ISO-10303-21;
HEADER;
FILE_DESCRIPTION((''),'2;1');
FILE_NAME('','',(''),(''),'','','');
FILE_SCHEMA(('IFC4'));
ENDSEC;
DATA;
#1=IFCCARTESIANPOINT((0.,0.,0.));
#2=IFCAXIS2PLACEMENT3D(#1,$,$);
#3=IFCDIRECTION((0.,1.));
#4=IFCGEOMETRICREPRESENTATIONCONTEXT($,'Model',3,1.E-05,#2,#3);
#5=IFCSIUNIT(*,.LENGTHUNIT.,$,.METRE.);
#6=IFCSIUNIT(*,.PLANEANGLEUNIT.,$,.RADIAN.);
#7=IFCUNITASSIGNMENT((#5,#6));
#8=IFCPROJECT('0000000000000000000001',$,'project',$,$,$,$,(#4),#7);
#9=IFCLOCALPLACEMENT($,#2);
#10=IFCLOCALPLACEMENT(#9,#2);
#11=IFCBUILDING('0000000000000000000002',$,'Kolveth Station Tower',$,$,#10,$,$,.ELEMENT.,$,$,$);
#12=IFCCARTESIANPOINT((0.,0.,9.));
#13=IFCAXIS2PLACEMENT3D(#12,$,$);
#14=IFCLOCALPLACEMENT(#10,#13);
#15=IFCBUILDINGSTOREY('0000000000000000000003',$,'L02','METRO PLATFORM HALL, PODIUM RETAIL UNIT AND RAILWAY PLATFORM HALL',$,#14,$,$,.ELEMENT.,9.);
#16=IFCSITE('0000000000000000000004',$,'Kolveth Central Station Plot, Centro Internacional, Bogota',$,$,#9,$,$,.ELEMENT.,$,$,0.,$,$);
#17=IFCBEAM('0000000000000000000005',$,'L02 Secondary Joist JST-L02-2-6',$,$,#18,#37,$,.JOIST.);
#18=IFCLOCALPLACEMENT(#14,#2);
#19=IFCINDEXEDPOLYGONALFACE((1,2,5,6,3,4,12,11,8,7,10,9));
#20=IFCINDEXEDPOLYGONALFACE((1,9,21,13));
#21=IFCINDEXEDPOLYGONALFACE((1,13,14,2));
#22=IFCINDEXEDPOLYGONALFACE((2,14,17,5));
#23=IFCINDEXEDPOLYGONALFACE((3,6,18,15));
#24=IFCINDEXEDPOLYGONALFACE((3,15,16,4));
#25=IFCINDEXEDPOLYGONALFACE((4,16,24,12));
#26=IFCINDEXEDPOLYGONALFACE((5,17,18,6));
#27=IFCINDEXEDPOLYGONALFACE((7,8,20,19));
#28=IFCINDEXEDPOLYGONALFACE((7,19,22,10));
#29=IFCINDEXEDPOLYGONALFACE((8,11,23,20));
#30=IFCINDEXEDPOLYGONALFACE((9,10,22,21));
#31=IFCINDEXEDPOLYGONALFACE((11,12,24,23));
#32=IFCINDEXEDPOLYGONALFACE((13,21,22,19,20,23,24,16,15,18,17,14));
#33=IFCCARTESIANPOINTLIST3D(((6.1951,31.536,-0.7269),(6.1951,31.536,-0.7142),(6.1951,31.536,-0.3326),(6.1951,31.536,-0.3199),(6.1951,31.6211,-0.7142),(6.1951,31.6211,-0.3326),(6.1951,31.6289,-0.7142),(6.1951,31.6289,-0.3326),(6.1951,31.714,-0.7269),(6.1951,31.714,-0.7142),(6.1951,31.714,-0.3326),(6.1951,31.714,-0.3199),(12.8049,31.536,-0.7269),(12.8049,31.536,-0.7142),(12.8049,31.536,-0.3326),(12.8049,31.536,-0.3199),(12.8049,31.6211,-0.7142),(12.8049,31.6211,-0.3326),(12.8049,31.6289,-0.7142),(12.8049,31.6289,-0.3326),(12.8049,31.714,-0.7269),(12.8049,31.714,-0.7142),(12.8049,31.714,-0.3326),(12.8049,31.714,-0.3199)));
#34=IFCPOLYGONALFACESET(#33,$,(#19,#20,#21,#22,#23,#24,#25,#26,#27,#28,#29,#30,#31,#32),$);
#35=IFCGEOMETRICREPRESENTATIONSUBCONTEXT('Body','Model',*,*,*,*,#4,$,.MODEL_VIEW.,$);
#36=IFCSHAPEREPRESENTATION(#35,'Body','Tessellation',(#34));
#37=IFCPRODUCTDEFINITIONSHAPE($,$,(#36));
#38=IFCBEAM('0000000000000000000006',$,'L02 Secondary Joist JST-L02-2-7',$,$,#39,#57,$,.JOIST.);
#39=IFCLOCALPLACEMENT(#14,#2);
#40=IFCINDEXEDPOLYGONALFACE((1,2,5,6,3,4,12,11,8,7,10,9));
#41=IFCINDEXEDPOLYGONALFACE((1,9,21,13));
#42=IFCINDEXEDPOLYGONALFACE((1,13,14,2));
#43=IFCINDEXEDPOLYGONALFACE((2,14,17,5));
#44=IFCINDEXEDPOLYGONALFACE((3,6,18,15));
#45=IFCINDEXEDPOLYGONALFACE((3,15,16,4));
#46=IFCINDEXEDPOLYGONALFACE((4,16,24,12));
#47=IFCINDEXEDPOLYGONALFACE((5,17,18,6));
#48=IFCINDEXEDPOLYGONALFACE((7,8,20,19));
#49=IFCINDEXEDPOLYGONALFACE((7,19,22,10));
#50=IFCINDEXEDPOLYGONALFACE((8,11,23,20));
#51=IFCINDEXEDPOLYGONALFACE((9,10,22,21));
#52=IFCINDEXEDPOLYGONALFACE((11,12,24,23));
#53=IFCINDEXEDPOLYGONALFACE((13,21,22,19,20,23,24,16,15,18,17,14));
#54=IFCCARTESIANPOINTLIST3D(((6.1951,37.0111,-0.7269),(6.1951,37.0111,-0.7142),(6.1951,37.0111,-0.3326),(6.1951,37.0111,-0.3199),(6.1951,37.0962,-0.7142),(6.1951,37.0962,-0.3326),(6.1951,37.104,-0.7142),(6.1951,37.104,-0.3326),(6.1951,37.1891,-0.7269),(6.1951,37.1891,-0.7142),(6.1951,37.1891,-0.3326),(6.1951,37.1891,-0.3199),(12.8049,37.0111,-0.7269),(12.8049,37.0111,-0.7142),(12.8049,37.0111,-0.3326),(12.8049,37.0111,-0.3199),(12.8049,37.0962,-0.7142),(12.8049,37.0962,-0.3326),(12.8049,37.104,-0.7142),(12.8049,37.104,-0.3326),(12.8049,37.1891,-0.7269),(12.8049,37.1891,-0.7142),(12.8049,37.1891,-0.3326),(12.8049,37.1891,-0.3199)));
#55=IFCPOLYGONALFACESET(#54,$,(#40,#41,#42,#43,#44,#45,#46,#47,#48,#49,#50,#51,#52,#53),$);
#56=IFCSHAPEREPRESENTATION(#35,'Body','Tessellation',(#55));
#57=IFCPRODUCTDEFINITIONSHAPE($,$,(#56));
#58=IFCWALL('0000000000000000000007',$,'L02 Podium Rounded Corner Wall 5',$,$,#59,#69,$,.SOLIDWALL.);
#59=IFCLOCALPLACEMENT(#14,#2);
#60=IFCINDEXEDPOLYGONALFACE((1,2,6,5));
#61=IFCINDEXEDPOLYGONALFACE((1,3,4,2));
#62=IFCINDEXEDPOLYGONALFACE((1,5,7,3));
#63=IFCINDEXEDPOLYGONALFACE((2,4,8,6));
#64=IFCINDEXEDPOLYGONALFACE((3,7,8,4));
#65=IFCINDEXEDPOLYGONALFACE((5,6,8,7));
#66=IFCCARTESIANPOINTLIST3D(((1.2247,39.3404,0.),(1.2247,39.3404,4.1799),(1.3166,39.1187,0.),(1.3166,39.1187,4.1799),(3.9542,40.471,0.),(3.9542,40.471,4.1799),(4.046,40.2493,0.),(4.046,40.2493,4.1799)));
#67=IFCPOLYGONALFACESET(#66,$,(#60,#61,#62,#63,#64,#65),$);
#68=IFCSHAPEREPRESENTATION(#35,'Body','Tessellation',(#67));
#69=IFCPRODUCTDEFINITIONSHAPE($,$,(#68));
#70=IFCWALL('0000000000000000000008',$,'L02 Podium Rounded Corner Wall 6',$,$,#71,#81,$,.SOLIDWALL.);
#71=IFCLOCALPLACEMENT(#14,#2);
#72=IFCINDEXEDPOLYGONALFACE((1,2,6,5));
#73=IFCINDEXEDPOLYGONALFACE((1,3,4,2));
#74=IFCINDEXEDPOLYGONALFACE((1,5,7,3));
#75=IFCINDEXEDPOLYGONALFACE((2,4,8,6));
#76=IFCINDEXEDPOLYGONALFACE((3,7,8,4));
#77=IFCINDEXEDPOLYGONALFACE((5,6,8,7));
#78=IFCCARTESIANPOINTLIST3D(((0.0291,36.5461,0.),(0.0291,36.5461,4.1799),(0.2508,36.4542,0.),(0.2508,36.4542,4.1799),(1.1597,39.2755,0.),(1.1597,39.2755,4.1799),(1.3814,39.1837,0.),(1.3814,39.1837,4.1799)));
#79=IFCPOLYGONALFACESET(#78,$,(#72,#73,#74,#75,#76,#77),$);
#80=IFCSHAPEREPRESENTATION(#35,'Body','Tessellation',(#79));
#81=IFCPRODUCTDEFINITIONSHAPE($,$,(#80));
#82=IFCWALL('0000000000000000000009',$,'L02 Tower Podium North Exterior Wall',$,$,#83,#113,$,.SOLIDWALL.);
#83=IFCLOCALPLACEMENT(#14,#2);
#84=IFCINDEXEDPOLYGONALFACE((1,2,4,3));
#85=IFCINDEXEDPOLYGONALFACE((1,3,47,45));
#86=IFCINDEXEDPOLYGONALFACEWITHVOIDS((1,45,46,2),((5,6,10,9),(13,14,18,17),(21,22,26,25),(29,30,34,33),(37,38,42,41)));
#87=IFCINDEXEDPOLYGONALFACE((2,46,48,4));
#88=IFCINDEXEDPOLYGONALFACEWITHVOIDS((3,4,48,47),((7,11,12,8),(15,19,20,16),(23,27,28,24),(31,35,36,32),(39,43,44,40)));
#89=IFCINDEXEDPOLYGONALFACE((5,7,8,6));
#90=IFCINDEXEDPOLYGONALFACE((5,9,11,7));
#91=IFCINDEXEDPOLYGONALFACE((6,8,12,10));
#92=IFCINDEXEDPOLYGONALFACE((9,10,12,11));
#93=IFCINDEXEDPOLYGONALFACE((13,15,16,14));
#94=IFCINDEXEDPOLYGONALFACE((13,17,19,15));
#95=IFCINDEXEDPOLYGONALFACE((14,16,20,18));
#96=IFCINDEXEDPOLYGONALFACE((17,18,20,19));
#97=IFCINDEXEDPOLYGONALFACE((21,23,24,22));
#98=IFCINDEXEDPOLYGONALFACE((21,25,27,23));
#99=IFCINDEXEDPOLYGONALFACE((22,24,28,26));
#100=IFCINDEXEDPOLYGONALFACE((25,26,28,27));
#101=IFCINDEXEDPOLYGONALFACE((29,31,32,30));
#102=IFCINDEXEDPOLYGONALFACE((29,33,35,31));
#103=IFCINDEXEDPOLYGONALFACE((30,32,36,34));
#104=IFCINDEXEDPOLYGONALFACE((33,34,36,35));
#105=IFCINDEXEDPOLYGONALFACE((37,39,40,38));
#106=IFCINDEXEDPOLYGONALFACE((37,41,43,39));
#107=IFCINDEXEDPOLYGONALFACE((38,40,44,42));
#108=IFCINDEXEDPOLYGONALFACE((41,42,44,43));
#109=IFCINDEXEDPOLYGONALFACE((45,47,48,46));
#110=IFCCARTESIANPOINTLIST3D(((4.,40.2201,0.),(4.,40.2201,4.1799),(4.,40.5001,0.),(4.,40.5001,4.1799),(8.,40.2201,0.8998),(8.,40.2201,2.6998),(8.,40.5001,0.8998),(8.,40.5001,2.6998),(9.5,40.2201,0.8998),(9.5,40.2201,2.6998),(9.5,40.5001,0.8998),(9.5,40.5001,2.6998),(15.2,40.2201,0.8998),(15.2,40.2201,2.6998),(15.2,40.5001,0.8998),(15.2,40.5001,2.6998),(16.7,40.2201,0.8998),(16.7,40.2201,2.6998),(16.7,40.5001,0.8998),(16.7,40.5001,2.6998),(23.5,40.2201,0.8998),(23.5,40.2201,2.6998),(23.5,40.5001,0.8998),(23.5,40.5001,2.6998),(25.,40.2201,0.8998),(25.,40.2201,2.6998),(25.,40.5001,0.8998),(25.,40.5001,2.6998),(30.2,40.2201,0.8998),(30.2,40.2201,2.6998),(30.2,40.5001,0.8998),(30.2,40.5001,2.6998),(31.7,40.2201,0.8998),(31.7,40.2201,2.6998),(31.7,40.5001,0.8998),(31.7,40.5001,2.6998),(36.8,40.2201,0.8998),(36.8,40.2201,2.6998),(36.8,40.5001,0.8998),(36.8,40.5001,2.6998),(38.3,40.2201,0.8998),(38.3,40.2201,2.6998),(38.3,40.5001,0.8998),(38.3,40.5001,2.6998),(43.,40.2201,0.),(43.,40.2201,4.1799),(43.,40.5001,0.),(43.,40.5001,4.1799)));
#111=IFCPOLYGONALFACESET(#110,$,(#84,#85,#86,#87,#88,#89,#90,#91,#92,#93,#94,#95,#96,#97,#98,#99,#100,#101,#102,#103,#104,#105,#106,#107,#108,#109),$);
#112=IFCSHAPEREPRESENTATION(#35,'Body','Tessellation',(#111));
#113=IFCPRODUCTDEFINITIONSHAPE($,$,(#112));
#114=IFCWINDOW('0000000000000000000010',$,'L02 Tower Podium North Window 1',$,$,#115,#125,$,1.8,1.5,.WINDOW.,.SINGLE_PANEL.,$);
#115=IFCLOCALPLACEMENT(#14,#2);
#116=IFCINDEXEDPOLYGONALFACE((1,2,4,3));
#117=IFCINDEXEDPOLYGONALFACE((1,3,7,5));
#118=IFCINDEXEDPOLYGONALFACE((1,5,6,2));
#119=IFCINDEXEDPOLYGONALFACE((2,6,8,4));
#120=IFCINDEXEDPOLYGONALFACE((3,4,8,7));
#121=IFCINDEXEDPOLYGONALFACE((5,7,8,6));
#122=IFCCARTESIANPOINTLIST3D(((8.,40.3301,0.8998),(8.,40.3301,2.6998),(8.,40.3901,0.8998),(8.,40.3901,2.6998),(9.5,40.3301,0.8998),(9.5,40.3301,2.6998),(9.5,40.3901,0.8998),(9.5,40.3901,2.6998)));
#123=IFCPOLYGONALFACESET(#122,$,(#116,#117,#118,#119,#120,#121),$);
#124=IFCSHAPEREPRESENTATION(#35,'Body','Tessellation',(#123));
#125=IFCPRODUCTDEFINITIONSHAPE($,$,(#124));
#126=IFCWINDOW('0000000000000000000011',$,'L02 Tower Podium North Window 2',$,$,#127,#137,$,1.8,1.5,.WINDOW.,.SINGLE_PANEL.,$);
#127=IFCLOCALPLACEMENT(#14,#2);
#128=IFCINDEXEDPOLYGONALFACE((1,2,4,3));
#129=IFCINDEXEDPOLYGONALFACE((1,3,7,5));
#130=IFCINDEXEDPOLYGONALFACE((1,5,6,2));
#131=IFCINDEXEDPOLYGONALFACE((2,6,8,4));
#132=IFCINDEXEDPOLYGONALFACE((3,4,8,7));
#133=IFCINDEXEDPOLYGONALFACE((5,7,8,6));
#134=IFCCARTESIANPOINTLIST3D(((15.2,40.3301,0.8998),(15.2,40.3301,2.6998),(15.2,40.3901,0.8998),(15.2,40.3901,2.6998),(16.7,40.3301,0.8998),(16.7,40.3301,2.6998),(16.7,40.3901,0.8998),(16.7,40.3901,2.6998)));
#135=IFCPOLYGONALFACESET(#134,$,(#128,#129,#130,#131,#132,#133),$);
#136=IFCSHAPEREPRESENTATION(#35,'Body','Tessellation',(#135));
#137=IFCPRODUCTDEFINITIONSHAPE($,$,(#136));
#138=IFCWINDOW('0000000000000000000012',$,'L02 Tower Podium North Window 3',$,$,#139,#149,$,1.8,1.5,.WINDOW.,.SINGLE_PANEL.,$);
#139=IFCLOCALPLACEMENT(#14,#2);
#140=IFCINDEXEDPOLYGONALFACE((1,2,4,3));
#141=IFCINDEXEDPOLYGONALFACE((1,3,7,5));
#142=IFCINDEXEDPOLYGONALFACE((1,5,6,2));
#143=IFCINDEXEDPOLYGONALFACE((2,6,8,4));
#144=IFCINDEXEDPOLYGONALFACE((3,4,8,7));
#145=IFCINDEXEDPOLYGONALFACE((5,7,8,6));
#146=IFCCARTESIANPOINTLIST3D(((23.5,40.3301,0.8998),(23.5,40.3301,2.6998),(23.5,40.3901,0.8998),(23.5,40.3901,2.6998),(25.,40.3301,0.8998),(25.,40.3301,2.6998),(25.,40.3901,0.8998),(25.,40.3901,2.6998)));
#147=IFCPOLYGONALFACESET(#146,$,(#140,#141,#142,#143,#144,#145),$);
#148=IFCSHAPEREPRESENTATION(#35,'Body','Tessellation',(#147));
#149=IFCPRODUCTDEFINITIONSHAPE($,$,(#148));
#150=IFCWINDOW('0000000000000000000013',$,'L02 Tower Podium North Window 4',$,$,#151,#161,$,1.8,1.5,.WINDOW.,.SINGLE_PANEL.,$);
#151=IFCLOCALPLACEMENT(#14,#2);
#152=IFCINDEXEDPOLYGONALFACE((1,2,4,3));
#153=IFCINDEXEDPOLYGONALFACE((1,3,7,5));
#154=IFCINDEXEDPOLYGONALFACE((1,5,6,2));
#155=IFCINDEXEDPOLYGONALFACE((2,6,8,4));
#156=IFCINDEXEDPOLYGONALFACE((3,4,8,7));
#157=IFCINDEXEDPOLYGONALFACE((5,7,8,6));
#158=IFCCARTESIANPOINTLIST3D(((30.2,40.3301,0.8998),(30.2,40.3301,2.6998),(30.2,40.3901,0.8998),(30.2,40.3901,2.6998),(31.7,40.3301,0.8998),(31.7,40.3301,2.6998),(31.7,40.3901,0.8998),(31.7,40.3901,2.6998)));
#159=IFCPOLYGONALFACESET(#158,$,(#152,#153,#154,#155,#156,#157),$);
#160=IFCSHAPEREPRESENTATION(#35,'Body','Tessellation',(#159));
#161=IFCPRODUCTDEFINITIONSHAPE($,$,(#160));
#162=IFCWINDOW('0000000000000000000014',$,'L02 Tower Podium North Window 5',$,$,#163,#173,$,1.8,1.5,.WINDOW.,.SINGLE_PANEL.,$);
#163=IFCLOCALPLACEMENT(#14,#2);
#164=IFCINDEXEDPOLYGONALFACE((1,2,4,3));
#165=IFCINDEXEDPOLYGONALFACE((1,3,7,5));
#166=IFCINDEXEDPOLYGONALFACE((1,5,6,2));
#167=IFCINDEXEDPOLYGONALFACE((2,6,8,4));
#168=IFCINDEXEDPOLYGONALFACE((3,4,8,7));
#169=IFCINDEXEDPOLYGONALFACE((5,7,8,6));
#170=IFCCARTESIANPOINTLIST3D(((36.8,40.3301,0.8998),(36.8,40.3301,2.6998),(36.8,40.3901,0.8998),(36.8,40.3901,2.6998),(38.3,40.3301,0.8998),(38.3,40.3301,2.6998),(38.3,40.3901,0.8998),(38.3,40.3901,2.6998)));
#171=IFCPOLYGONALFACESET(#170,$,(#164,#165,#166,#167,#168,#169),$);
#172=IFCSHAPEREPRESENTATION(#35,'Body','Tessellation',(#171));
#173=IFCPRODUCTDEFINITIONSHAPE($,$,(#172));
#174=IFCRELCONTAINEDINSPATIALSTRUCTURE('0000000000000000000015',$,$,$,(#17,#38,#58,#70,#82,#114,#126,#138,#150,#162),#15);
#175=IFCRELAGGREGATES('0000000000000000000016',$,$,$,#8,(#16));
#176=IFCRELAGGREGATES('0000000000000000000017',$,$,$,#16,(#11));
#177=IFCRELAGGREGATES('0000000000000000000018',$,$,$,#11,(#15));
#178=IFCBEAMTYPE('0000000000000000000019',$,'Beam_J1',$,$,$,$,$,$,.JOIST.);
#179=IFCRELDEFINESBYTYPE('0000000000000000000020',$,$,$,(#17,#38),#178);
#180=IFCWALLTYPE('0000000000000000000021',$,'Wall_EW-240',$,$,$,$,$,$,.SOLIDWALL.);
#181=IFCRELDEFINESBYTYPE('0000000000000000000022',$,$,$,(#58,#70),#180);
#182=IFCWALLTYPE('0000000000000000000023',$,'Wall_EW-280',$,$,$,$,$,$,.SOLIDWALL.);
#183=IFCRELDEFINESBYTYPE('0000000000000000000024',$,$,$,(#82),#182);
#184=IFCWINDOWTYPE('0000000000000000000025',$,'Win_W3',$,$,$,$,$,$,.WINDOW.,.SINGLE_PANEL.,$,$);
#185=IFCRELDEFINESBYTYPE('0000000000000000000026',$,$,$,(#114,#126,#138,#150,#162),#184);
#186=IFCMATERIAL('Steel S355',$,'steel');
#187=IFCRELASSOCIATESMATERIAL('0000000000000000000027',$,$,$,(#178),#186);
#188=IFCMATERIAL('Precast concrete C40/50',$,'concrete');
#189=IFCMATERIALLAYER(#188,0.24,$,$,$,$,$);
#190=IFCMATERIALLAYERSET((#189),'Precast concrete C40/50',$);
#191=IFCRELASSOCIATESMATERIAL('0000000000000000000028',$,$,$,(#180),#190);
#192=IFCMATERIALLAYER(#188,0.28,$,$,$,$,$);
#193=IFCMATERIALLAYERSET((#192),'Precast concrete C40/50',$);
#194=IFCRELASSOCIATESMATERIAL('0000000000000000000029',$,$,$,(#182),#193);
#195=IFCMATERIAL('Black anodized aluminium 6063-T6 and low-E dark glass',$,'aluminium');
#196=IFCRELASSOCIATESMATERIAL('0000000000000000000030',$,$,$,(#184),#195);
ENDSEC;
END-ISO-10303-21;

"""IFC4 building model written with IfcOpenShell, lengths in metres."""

from ifc_helpers import new_model, si_unit, direction, frame, frame_2d, origin, origin_2d, place, context, subcontext, project, spatial, rectangle, i_section, extrude, source, transform, mapped, material, layer, layer_set, material_profile, profile_set, type_object, element, fill, save


model = new_model("IFC4")

# Units and contexts
model_context = context("Model", 3, precision=1e-05, world=origin(), true_north=direction((0.0, 1.0)))
body_context = subcontext(model_context, "Body", "Model", "MODEL_VIEW")
ifc_project = project(units=[si_unit("LENGTHUNIT", "METRE"), si_unit("PLANEANGLEUNIT", "RADIAN")], contexts=[model_context])

# Site, building, storey
site_placement = place(None, origin())
site = spatial("IfcSite", under=ifc_project, at=site_placement, Name="Kolveth Central Station Plot, Centro Internacional, Bogota", CompositionType="ELEMENT", RefElevation=0.0)
building_placement = place(site_placement, origin())
building = spatial("IfcBuilding", under=site, at=building_placement, Name="Kolveth Station Tower", CompositionType="ELEMENT")
storey_placement = place(building_placement, frame((0.0, 0.0, 9.0)))
storey = spatial("IfcBuildingStorey", under=building, at=storey_placement, Name="L02", Description="METRO PLATFORM HALL, PODIUM RETAIL UNIT AND RAILWAY PLATFORM HALL", CompositionType="ELEMENT", Elevation=9.0)

# Beams
ifc_material_1 = material(Name="Steel S355", Category="steel")
ifc_material_profile_1 = material_profile(ifc_material_1, i_section(OverallWidth=0.178, OverallDepth=0.407, WebThickness=0.0078, FlangeThickness=0.0127, at=origin_2d()), Name="W410x60")
ifc_profile_set_1 = profile_set([ifc_material_profile_1], Name="Steel S355")
beam_type_1 = type_object("IfcBeamType", Name="Beam_J1", PredefinedType="JOIST", material=ifc_profile_set_1)
shared_shape_1 = source(origin(), body_context, "Body", "SweptSolid", [
    extrude(i_section(OverallWidth=0.178, OverallDepth=0.407, WebThickness=0.0078, FlangeThickness=0.0127, at=origin_2d()), origin(), (0.0, 0.0, 1.0), 6.6099),
])
for number, where, z_axis, x_axis, name in (
    (1, (6.1951, 31.625, -0.5234), (1.0, 0.0, 0.0), (0.0, 1.0, 0.0), "L02 Secondary Joist JST-L02-2-6"),
    (2, (6.1951, 37.1001, -0.5234), (1.0, 0.0, 0.0), (0.0, 1.0, 0.0), "L02 Secondary Joist JST-L02-2-7"),
):
    element("IfcBeam", number, at=place(storey_placement, frame(where, z_axis=z_axis, x_axis=x_axis)), inside=storey, type_object=beam_type_1, Name=name, PredefinedType="JOIST", context=body_context, shape_type="MappedRepresentation", body=[
        mapped(shared_shape_1, transform((0.0, 0.0, 0.0), x_axis=(1.0, 0.0, 0.0), y_axis=(0.0, 1.0, 0.0), z_axis=(0.0, 0.0, 1.0), scale=1.0)),
    ])

# Walls
ifc_material_2 = material(Name="Precast concrete C40/50", Category="concrete")
ifc_layer_1 = layer(ifc_material_2, 0.24)
ifc_layer_set_1 = layer_set([ifc_layer_1], Name="Precast concrete C40/50")
wall_type_1 = type_object("IfcWallType", Name="Wall_EW-240", PredefinedType="SOLIDWALL", material=ifc_layer_set_1)
for number, where, z_axis, x_axis, name in (
    (3, (4.0, 40.3601, 0.0), (0.0, 0.0, 1.0), (-0.923877, -0.38269, 0.0), "L02 Podium Rounded Corner Wall 5"),
    (4, (1.2705, 39.2295, 0.0), (0.0, 0.0, 1.0), (-0.38269, -0.923877, 0.0), "L02 Podium Rounded Corner Wall 6"),
):
    element("IfcWall", number, at=place(storey_placement, frame(where, z_axis=z_axis, x_axis=x_axis)), inside=storey, type_object=wall_type_1, Name=name, PredefinedType="SOLIDWALL", context=body_context, shape_type="SweptSolid", body=[
        extrude(rectangle(XDim=2.9543, YDim=0.24, at=frame_2d((1.4771, 0.0))), origin(), (0.0, 0.0, 1.0), 4.1799),
    ])

# Wall, openings, windows
ifc_layer_2 = layer(ifc_material_2, 0.28)
ifc_layer_set_2 = layer_set([ifc_layer_2], Name="Precast concrete C40/50")
wall_type_2 = type_object("IfcWallType", Name="Wall_EW-280", PredefinedType="SOLIDWALL", material=ifc_layer_set_2)
wall_1_placement = place(storey_placement, frame((4.0, 40.3601, 0.0), z_axis=(0.0, 0.0, 1.0), x_axis=(1.0, 0.0, 0.0)))
wall_1 = element("IfcWall", 5, at=wall_1_placement, inside=storey, type_object=wall_type_2, Name="L02 Tower Podium North Exterior Wall", PredefinedType="SOLIDWALL", context=body_context, shape_type="SweptSolid", body=[
    extrude(rectangle(XDim=39.0, YDim=0.28, at=frame_2d((19.5, 0.0))), origin(), (0.0, 0.0, 1.0), 4.1799),
])
opening_1_placement = place(wall_1_placement, frame((4.0, 0.0, 0.8999)))
opening_1 = element("IfcOpeningElement", 6, at=opening_1_placement, cuts=wall_1, PredefinedType="OPENING", context=body_context, shape_type="SweptSolid", body=[
    extrude(rectangle(XDim=1.5, YDim=1.8, at=frame_2d((0.75, 0.8999))), frame((0.0, 0.1499, 0.0), z_axis=(0.0, -1.0, 0.0), x_axis=(1.0, 0.0, 0.0)), (0.0, 0.0, 1.0), 0.3),
])
opening_2_placement = place(wall_1_placement, frame((11.2, 0.0, 0.8999)))
opening_2 = element("IfcOpeningElement", 7, at=opening_2_placement, cuts=wall_1, PredefinedType="OPENING", context=body_context, shape_type="SweptSolid", body=[
    extrude(rectangle(XDim=1.5, YDim=1.8, at=frame_2d((0.75, 0.8999))), frame((0.0, 0.1499, 0.0), z_axis=(0.0, -1.0, 0.0), x_axis=(1.0, 0.0, 0.0)), (0.0, 0.0, 1.0), 0.3),
])
opening_3_placement = place(wall_1_placement, frame((19.5, 0.0, 0.8999)))
opening_3 = element("IfcOpeningElement", 8, at=opening_3_placement, cuts=wall_1, PredefinedType="OPENING", context=body_context, shape_type="SweptSolid", body=[
    extrude(rectangle(XDim=1.5, YDim=1.8, at=frame_2d((0.75, 0.8999))), frame((0.0, 0.1499, 0.0), z_axis=(0.0, -1.0, 0.0), x_axis=(1.0, 0.0, 0.0)), (0.0, 0.0, 1.0), 0.3),
])
opening_4_placement = place(wall_1_placement, frame((26.2, 0.0, 0.8999)))
opening_4 = element("IfcOpeningElement", 9, at=opening_4_placement, cuts=wall_1, PredefinedType="OPENING", context=body_context, shape_type="SweptSolid", body=[
    extrude(rectangle(XDim=1.5, YDim=1.8, at=frame_2d((0.75, 0.8999))), frame((0.0, 0.1499, 0.0), z_axis=(0.0, -1.0, 0.0), x_axis=(1.0, 0.0, 0.0)), (0.0, 0.0, 1.0), 0.3),
])
opening_5_placement = place(wall_1_placement, frame((32.8, 0.0, 0.8999)))
opening_5 = element("IfcOpeningElement", 10, at=opening_5_placement, cuts=wall_1, PredefinedType="OPENING", context=body_context, shape_type="SweptSolid", body=[
    extrude(rectangle(XDim=1.5, YDim=1.8, at=frame_2d((0.75, 0.8999))), frame((0.0, 0.1499, 0.0), z_axis=(0.0, -1.0, 0.0), x_axis=(1.0, 0.0, 0.0)), (0.0, 0.0, 1.0), 0.3),
])
ifc_material_3 = material(Name="Black anodized aluminium 6063-T6 and low-E dark glass", Category="aluminium")
window_type = type_object("IfcWindowType", Name="Win_W3", PartitioningType="SINGLE_PANEL", PredefinedType="WINDOW", material=ifc_material_3)
window_1_placement = place(opening_1_placement, origin())
window_1 = element("IfcWindow", 11, at=window_1_placement, inside=storey, type_object=window_type, Name="L02 Tower Podium North Window 1", OverallHeight=1.8, OverallWidth=1.5, PartitioningType="SINGLE_PANEL", PredefinedType="WINDOW", context=body_context, shape_type="SweptSolid", body=[
    extrude(rectangle(XDim=1.5, YDim=1.8, at=frame_2d((0.75, 0.8999))), frame((0.0, 0.03, 0.0), z_axis=(0.0, -1.0, 0.0), x_axis=(1.0, 0.0, 0.0)), (0.0, 0.0, 1.0), 0.0601),
])
fill(opening_1, window_1)
window_2_placement = place(opening_2_placement, origin())
window_2 = element("IfcWindow", 12, at=window_2_placement, inside=storey, type_object=window_type, Name="L02 Tower Podium North Window 2", OverallHeight=1.8, OverallWidth=1.5, PartitioningType="SINGLE_PANEL", PredefinedType="WINDOW", context=body_context, shape_type="SweptSolid", body=[
    extrude(rectangle(XDim=1.5, YDim=1.8, at=frame_2d((0.75, 0.8999))), frame((0.0, 0.03, 0.0), z_axis=(0.0, -1.0, 0.0), x_axis=(1.0, 0.0, 0.0)), (0.0, 0.0, 1.0), 0.0601),
])
fill(opening_2, window_2)
window_3_placement = place(opening_3_placement, origin())
window_3 = element("IfcWindow", 13, at=window_3_placement, inside=storey, type_object=window_type, Name="L02 Tower Podium North Window 3", OverallHeight=1.8, OverallWidth=1.5, PartitioningType="SINGLE_PANEL", PredefinedType="WINDOW", context=body_context, shape_type="SweptSolid", body=[
    extrude(rectangle(XDim=1.5, YDim=1.8, at=frame_2d((0.75, 0.8999))), frame((0.0, 0.03, 0.0), z_axis=(0.0, -1.0, 0.0), x_axis=(1.0, 0.0, 0.0)), (0.0, 0.0, 1.0), 0.0601),
])
fill(opening_3, window_3)
window_4_placement = place(opening_4_placement, origin())
window_4 = element("IfcWindow", 14, at=window_4_placement, inside=storey, type_object=window_type, Name="L02 Tower Podium North Window 4", OverallHeight=1.8, OverallWidth=1.5, PartitioningType="SINGLE_PANEL", PredefinedType="WINDOW", context=body_context, shape_type="SweptSolid", body=[
    extrude(rectangle(XDim=1.5, YDim=1.8, at=frame_2d((0.75, 0.8999))), frame((0.0, 0.03, 0.0), z_axis=(0.0, -1.0, 0.0), x_axis=(1.0, 0.0, 0.0)), (0.0, 0.0, 1.0), 0.0601),
])
fill(opening_4, window_4)
window_5_placement = place(opening_5_placement, origin())
window_5 = element("IfcWindow", 15, at=window_5_placement, inside=storey, type_object=window_type, Name="L02 Tower Podium North Window 5", OverallHeight=1.8, OverallWidth=1.5, PartitioningType="SINGLE_PANEL", PredefinedType="WINDOW", context=body_context, shape_type="SweptSolid", body=[
    extrude(rectangle(XDim=1.5, YDim=1.8, at=frame_2d((0.75, 0.8999))), frame((0.0, 0.03, 0.0), z_axis=(0.0, -1.0, 0.0), x_axis=(1.0, 0.0, 0.0)), (0.0, 0.0, 1.0), 0.0601),
])
fill(opening_5, window_5)

save(model, "model.ifc")
